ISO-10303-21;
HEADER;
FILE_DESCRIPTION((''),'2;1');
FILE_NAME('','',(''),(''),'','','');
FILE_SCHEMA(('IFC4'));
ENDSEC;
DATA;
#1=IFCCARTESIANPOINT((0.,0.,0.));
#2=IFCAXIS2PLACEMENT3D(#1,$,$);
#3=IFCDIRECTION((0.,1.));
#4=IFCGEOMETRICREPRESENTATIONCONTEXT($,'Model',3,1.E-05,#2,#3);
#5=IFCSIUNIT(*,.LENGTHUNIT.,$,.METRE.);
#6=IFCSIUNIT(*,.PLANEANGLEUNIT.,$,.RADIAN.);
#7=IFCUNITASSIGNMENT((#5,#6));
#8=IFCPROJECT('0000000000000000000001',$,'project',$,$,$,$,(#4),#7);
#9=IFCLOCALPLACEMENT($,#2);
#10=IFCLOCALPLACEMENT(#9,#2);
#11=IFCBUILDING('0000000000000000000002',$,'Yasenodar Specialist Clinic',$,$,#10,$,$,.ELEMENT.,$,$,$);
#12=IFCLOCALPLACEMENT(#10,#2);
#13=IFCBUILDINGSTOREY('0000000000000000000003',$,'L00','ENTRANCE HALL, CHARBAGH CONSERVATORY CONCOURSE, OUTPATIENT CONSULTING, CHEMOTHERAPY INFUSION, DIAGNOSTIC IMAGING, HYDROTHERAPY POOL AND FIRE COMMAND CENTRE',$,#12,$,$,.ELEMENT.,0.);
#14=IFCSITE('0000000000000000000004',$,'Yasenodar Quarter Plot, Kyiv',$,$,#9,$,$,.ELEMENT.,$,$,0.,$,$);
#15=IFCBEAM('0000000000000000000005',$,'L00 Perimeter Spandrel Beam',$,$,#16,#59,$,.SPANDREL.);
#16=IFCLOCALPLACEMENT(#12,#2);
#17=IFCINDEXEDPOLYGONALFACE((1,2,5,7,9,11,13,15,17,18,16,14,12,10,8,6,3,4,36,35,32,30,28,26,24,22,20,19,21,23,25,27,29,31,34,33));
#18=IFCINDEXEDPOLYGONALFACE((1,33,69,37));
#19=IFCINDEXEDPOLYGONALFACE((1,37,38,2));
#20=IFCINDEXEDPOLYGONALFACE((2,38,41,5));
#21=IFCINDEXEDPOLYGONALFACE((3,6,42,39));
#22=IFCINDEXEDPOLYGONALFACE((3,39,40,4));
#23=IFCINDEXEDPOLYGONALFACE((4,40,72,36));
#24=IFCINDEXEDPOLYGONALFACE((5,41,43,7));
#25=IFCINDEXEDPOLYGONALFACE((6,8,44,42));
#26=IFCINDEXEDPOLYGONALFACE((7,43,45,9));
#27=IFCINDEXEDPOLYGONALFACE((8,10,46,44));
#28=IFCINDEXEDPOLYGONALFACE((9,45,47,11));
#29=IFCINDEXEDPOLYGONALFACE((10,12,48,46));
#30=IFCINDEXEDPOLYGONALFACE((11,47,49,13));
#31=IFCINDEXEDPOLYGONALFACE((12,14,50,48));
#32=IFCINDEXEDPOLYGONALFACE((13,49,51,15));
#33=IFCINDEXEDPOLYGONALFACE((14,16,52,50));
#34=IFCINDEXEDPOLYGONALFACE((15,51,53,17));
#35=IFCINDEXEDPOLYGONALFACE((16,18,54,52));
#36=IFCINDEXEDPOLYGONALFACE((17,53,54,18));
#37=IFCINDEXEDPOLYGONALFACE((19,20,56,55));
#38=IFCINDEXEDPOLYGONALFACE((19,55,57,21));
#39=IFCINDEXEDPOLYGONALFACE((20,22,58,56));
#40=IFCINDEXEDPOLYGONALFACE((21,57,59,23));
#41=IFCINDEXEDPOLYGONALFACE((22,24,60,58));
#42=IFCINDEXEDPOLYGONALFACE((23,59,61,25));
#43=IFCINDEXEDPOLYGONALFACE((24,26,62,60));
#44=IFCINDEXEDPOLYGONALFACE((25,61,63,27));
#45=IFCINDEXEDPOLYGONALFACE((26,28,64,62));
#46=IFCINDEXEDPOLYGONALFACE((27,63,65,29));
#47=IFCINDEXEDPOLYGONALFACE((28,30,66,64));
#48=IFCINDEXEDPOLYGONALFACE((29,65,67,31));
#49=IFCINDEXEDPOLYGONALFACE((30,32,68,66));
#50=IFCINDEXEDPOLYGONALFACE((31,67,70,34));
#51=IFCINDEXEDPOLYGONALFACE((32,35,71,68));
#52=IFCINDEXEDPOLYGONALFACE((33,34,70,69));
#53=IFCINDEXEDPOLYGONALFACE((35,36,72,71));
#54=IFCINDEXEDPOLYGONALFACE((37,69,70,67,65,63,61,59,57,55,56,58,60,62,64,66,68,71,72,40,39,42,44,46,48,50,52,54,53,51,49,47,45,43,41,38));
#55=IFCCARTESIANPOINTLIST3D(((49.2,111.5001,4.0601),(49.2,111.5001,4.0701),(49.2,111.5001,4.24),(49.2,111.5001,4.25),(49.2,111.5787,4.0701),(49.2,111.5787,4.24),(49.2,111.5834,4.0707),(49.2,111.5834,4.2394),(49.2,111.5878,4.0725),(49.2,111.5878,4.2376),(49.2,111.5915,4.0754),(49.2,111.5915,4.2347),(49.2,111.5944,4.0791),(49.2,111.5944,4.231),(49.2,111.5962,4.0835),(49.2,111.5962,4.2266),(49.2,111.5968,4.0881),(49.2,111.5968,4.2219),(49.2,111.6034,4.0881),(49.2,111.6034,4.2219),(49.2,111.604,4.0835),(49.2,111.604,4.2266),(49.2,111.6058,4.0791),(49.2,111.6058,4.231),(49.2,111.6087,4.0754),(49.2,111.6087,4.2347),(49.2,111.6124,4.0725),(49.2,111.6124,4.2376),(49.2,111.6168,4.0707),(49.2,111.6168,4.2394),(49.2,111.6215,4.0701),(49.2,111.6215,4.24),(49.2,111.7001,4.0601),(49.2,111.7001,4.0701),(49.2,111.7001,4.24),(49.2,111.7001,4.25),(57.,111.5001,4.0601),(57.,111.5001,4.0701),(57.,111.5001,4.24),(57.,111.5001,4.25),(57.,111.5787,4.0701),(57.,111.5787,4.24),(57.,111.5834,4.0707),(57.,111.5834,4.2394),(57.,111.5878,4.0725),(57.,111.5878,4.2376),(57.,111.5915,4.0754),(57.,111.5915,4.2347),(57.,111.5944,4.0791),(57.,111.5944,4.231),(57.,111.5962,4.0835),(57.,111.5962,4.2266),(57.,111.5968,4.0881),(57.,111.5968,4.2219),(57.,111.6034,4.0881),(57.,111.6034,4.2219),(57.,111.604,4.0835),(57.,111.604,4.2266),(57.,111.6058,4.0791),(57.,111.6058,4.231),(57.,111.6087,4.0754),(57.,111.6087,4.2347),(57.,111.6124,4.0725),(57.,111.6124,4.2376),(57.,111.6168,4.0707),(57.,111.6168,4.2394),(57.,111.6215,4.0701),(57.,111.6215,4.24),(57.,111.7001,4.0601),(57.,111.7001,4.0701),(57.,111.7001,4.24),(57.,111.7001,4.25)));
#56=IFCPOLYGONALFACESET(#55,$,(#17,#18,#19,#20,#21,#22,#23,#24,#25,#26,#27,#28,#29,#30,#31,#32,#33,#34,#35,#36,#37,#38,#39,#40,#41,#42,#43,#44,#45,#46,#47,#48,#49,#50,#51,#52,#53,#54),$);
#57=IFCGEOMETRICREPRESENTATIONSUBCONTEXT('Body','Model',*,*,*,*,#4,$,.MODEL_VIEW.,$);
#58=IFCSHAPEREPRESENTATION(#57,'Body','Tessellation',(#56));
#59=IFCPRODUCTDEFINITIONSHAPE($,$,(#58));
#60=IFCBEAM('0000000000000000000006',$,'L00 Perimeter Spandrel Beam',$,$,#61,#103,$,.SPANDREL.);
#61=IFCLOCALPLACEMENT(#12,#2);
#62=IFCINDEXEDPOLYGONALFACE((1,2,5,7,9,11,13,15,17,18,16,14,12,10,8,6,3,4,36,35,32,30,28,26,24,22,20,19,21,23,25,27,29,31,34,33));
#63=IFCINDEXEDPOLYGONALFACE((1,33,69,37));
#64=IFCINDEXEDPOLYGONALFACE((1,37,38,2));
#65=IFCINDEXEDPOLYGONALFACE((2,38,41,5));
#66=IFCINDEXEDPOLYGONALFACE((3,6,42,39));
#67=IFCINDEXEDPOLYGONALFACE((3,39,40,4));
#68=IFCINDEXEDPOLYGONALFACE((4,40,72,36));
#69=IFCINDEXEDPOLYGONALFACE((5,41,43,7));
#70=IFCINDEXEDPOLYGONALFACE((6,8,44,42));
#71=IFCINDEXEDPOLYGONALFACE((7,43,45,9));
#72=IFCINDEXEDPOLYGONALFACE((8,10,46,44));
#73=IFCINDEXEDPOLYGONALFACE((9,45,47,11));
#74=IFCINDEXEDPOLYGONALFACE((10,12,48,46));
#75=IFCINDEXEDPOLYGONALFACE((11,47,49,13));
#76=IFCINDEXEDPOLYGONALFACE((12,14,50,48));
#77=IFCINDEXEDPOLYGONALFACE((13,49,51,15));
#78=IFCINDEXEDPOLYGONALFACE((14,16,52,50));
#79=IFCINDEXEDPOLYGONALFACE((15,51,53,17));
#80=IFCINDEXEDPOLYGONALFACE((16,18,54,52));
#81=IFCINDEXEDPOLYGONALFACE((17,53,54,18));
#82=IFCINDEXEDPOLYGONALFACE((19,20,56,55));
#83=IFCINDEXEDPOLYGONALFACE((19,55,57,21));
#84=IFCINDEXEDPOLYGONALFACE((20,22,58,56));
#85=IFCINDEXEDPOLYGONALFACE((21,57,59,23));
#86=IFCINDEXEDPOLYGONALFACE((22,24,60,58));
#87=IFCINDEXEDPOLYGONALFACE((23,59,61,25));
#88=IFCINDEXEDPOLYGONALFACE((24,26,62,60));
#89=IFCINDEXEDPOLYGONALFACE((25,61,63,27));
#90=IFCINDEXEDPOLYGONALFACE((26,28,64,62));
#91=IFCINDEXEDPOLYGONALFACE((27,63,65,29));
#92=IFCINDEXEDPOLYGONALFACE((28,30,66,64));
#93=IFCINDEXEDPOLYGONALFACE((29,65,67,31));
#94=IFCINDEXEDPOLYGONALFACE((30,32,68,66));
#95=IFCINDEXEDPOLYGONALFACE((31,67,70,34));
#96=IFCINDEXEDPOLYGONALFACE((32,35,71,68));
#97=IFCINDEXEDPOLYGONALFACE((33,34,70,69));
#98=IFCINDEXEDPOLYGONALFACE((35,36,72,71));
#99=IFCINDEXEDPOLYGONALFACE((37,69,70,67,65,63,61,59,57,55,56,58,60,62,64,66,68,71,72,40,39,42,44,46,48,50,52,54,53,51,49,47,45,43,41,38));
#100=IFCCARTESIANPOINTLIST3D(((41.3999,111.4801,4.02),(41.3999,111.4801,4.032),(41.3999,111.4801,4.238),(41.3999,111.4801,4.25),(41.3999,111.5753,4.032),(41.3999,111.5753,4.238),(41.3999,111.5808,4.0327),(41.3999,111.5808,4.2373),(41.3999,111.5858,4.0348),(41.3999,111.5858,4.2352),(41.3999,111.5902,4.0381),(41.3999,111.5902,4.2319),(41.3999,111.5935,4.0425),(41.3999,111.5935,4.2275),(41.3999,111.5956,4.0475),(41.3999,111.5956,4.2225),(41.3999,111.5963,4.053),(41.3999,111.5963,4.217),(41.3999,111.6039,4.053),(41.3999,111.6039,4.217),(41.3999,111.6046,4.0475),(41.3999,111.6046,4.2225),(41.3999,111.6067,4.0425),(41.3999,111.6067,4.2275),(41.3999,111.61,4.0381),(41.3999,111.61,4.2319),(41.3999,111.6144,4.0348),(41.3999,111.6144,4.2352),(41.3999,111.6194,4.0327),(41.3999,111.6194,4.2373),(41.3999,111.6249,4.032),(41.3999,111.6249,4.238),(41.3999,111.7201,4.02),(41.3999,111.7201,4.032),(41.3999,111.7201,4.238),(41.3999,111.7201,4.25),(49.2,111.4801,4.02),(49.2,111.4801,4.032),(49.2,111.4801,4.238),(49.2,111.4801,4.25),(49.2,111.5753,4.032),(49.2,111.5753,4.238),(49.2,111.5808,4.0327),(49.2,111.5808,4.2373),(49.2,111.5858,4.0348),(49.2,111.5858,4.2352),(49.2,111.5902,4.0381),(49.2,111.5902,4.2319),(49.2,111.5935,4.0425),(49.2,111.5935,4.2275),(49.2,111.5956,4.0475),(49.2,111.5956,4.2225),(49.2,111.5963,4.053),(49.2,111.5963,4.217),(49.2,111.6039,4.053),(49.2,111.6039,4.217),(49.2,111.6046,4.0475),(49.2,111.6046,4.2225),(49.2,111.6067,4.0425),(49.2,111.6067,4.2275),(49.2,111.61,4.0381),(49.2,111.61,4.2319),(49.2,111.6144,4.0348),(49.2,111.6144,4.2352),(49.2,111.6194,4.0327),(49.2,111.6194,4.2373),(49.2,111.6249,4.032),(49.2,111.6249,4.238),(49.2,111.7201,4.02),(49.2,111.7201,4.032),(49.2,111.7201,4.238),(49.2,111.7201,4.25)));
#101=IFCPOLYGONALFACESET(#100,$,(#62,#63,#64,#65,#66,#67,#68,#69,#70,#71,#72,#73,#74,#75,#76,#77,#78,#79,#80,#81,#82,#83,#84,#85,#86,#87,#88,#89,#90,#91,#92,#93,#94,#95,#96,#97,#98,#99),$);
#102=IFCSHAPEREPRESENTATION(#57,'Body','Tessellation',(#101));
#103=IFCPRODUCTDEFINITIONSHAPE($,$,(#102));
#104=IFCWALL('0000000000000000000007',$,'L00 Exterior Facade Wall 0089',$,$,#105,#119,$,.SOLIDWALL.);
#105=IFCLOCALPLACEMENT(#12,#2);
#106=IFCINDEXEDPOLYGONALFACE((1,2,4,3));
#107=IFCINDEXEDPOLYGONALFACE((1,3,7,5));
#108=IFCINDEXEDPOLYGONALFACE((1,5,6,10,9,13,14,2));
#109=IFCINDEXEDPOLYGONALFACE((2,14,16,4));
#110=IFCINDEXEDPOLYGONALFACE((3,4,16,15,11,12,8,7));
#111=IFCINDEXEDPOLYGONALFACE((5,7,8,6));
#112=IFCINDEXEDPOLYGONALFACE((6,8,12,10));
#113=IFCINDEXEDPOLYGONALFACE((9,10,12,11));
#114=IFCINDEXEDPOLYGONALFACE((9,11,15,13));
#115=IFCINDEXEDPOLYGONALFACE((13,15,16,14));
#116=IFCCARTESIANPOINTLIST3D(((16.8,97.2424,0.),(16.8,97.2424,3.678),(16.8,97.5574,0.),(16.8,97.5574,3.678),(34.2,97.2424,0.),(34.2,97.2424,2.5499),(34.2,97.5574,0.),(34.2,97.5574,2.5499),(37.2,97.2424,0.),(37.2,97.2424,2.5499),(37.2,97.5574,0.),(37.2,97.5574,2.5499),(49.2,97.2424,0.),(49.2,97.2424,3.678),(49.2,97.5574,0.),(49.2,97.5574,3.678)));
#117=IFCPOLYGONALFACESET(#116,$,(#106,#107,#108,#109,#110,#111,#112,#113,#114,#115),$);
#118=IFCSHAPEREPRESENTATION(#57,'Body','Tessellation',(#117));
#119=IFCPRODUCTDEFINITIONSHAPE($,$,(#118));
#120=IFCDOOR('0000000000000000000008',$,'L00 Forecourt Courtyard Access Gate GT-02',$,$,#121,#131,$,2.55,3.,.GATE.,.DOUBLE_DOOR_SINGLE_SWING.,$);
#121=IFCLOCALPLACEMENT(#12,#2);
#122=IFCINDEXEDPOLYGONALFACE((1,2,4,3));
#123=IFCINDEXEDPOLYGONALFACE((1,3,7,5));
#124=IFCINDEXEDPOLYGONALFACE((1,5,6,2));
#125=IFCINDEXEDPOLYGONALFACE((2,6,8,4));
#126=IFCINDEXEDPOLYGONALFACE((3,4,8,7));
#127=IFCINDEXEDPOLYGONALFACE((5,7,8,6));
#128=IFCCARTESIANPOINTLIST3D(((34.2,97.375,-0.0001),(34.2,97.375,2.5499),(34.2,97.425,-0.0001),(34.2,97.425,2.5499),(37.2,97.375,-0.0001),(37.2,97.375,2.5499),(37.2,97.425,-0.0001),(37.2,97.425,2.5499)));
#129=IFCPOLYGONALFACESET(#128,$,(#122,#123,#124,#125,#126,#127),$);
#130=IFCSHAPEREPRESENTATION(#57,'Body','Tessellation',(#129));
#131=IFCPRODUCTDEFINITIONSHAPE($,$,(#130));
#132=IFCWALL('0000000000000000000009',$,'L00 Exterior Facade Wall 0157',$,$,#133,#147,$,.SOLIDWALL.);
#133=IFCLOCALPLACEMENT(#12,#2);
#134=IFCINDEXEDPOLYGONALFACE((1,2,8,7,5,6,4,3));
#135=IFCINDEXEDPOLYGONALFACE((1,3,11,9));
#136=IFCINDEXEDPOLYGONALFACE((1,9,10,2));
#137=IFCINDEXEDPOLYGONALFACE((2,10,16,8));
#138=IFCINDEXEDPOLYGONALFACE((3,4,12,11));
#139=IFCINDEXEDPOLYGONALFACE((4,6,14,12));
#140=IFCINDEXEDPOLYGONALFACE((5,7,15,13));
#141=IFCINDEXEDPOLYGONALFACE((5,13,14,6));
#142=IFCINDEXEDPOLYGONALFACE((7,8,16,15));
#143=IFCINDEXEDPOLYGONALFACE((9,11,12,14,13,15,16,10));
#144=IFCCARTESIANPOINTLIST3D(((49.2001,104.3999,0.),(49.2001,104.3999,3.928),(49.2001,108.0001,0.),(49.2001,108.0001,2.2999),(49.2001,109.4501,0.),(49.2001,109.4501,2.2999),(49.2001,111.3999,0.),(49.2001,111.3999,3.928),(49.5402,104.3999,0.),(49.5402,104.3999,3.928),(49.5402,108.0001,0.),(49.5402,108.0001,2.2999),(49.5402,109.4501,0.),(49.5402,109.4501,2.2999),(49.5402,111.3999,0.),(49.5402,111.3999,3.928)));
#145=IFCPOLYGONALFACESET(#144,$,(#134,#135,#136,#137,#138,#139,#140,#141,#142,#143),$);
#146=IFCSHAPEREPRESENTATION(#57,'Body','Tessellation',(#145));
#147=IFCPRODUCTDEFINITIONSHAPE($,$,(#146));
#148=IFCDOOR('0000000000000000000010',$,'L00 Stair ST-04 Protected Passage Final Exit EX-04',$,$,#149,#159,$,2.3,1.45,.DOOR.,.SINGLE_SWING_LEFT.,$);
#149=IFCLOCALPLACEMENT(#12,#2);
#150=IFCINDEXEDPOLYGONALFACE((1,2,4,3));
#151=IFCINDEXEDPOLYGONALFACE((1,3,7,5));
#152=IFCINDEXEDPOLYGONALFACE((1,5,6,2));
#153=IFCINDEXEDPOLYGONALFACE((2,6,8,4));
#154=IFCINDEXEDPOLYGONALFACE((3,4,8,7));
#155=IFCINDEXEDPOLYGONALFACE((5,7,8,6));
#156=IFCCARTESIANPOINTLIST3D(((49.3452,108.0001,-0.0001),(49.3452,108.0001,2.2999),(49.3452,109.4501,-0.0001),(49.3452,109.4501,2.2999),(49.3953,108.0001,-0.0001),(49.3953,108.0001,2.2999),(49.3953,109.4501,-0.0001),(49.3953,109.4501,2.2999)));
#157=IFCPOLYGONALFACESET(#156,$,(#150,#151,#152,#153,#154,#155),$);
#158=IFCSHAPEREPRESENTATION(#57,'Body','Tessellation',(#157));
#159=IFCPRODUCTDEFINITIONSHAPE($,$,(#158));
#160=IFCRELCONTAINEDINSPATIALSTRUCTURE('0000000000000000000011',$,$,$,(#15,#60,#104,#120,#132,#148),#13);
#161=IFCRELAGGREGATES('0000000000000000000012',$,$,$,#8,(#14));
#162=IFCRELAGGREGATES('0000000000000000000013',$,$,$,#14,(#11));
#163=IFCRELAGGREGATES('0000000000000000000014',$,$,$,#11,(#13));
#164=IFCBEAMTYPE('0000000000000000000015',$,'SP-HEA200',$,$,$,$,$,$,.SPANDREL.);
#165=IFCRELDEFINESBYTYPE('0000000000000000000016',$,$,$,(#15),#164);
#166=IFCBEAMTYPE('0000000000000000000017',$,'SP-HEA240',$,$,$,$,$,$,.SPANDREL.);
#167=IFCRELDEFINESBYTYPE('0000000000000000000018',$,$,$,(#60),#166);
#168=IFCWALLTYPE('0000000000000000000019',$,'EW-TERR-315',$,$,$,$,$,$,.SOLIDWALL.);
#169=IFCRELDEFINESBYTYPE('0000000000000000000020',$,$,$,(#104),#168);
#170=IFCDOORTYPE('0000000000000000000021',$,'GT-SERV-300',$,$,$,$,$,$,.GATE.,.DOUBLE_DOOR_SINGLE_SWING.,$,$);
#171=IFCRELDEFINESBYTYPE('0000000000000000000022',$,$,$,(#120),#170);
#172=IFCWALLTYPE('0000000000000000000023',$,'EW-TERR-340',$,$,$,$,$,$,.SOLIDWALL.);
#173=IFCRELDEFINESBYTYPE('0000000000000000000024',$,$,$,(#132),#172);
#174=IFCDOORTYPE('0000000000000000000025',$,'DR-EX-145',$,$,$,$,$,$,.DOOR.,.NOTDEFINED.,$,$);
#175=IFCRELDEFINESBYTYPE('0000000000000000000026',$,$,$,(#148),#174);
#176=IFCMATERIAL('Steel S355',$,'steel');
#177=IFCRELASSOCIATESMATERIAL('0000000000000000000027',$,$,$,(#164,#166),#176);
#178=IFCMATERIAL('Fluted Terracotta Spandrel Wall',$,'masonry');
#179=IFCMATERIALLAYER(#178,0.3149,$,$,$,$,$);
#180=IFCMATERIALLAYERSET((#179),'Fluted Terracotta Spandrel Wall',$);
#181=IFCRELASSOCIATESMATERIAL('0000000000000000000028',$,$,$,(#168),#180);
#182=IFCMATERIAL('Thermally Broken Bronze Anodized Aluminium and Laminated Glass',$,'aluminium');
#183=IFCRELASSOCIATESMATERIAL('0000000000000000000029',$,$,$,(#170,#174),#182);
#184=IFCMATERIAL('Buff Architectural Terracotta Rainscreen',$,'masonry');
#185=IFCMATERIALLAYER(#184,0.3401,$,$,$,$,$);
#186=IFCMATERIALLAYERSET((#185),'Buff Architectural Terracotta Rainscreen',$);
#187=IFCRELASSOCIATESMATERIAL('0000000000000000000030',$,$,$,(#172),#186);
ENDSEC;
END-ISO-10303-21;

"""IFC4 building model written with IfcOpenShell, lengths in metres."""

from ifc_helpers import new_model, si_unit, direction, frame, frame_2d, origin, origin_2d, place, context, subcontext, project, spatial, rectangle, i_section, extrude, material, layer, layer_set, material_profile, profile_set, type_object, element, fill, save


model = new_model("IFC4")

# Units and contexts
model_context = context("Model", 3, precision=1e-05, world=origin(), true_north=direction((0.0, 1.0)))
body_context = subcontext(model_context, "Body", "Model", "MODEL_VIEW")
ifc_project = project(units=[si_unit("LENGTHUNIT", "METRE"), si_unit("PLANEANGLEUNIT", "RADIAN")], contexts=[model_context])

# Site, building, storey
site_placement = place(None, origin())
site = spatial("IfcSite", under=ifc_project, at=site_placement, Name="Yasenodar Quarter Plot, Kyiv", CompositionType="ELEMENT", RefElevation=0.0)
building_placement = place(site_placement, origin())
building = spatial("IfcBuilding", under=site, at=building_placement, Name="Yasenodar Specialist Clinic", CompositionType="ELEMENT")
storey_placement = place(building_placement, origin())
storey = spatial("IfcBuildingStorey", under=building, at=storey_placement, Name="L00", Description="ENTRANCE HALL, CHARBAGH CONSERVATORY CONCOURSE, OUTPATIENT CONSULTING, CHEMOTHERAPY INFUSION, DIAGNOSTIC IMAGING, HYDROTHERAPY POOL AND FIRE COMMAND CENTRE", CompositionType="ELEMENT", Elevation=0.0)

# Shared definitions
ifc_material_1 = material(Name="Steel S355", Category="steel")

# Beams
ifc_material_profile_1 = material_profile(ifc_material_1, i_section(OverallWidth=0.2, OverallDepth=0.1899, WebThickness=0.0066, FlangeThickness=0.01, FilletRadius=0.0181, at=origin_2d()), Name="HEA 200")
ifc_profile_set_1 = profile_set([ifc_material_profile_1], Name="Steel S355")
beam_type_1 = type_object("IfcBeamType", Name="SP-HEA200", PredefinedType="SPANDREL", material=ifc_profile_set_1)
beam_1_placement = place(storey_placement, frame((49.2, 111.6001, 4.155), z_axis=(1.0, 0.0, 0.0), x_axis=(0.0, 1.0, 0.0)))
element("IfcBeam", 1, at=beam_1_placement, inside=storey, type_object=beam_type_1, Name="L00 Perimeter Spandrel Beam", PredefinedType="SPANDREL", context=body_context, shape_type="SweptSolid", body=[
    extrude(i_section(OverallWidth=0.2, OverallDepth=0.1899, WebThickness=0.0066, FlangeThickness=0.01, FilletRadius=0.0181, at=origin_2d()), origin(), (0.0, 0.0, 1.0), 7.8),
])
ifc_material_profile_2 = material_profile(ifc_material_1, i_section(OverallWidth=0.24, OverallDepth=0.23, WebThickness=0.0076, FlangeThickness=0.012, FilletRadius=0.021, at=origin_2d()), Name="HEA 240")
ifc_profile_set_2 = profile_set([ifc_material_profile_2], Name="Steel S355")
beam_type_2 = type_object("IfcBeamType", Name="SP-HEA240", PredefinedType="SPANDREL", material=ifc_profile_set_2)
beam_2_placement = place(storey_placement, frame((41.3999, 111.6001, 4.135), z_axis=(1.0, 0.0, 0.0), x_axis=(0.0, 1.0, 0.0)))
element("IfcBeam", 2, at=beam_2_placement, inside=storey, type_object=beam_type_2, Name="L00 Perimeter Spandrel Beam", PredefinedType="SPANDREL", context=body_context, shape_type="SweptSolid", body=[
    extrude(i_section(OverallWidth=0.24, OverallDepth=0.23, WebThickness=0.0076, FlangeThickness=0.012, FilletRadius=0.021, at=origin_2d()), origin(), (0.0, 0.0, 1.0), 7.8),
])

# Walls, openings, doors
ifc_material_2 = material(Name="Fluted Terracotta Spandrel Wall", Category="masonry")
ifc_layer_1 = layer(ifc_material_2, 0.3149)
ifc_layer_set_1 = layer_set([ifc_layer_1], Name="Fluted Terracotta Spandrel Wall")
wall_type_1 = type_object("IfcWallType", Name="EW-TERR-315", PredefinedType="SOLIDWALL", material=ifc_layer_set_1)
wall_1_placement = place(storey_placement, frame((49.2, 97.3999, 0.0), z_axis=(0.0, 0.0, 1.0), x_axis=(-1.0, 0.0, 0.0)))
wall_1 = element("IfcWall", 3, at=wall_1_placement, inside=storey, type_object=wall_type_1, Name="L00 Exterior Facade Wall 0089", PredefinedType="SOLIDWALL", context=body_context, shape_type="SweptSolid", body=[
    extrude(rectangle(XDim=32.3999, YDim=0.3149, at=frame_2d((16.2, 0.0))), origin(), (0.0, 0.0, 1.0), 3.678),
])
opening_1_placement = place(wall_1_placement, frame((12.0, 0.0, 0.0)))
opening_1 = element("IfcOpeningElement", 4, at=opening_1_placement, cuts=wall_1, PredefinedType="OPENING", context=body_context, shape_type="SweptSolid", body=[
    extrude(rectangle(XDim=3.0, YDim=2.55, at=frame_2d((1.5, 1.2749))), frame((0.0, 0.1675, 0.0), z_axis=(0.0, -1.0, 0.0), x_axis=(1.0, 0.0, 0.0)), (0.0, 0.0, 1.0), 0.335),
])
ifc_material_3 = material(Name="Thermally Broken Bronze Anodized Aluminium and Laminated Glass", Category="aluminium")
door_type_1 = type_object("IfcDoorType", Name="GT-SERV-300", OperationType="DOUBLE_DOOR_SINGLE_SWING", PredefinedType="GATE", material=ifc_material_3)
door_1_placement = place(opening_1_placement, origin())
door_1 = element("IfcDoor", 5, at=door_1_placement, inside=storey, type_object=door_type_1, Name="L00 Forecourt Courtyard Access Gate GT-02", OperationType="DOUBLE_DOOR_SINGLE_SWING", OverallHeight=2.55, OverallWidth=3.0, PredefinedType="GATE", context=body_context, shape_type="SweptSolid", body=[
    extrude(rectangle(XDim=3.0, YDim=2.55, at=frame_2d((1.5, 1.2749))), frame((0.0, 0.0249, 0.0), z_axis=(0.0, -1.0, 0.0), x_axis=(1.0, 0.0, 0.0)), (0.0, 0.0, 1.0), 0.05),
])
fill(opening_1, door_1)
ifc_material_4 = material(Name="Buff Architectural Terracotta Rainscreen", Category="masonry")
ifc_layer_2 = layer(ifc_material_4, 0.3401)
ifc_layer_set_2 = layer_set([ifc_layer_2], Name="Buff Architectural Terracotta Rainscreen")
wall_type_2 = type_object("IfcWallType", Name="EW-TERR-340", PredefinedType="SOLIDWALL", material=ifc_layer_set_2)
wall_2_placement = place(storey_placement, frame((49.3701, 104.3999, 0.0), z_axis=(0.0, 0.0, 1.0), x_axis=(0.0, 1.0, 0.0)))
wall_2 = element("IfcWall", 6, at=wall_2_placement, inside=storey, type_object=wall_type_2, Name="L00 Exterior Facade Wall 0157", PredefinedType="SOLIDWALL", context=body_context, shape_type="SweptSolid", body=[
    extrude(rectangle(XDim=7.0, YDim=0.3401, at=frame_2d((3.5, 0.0))), origin(), (0.0, 0.0, 1.0), 3.928),
])
opening_2_placement = place(wall_2_placement, frame((3.6001, 0.0, 0.0)))
opening_2 = element("IfcOpeningElement", 7, at=opening_2_placement, cuts=wall_2, PredefinedType="OPENING", context=body_context, shape_type="SweptSolid", body=[
    extrude(rectangle(XDim=1.45, YDim=2.3, at=frame_2d((0.7251, 1.1499))), frame((0.0, 0.1802, 0.0), z_axis=(0.0, -1.0, 0.0), x_axis=(1.0, 0.0, 0.0)), (0.0, 0.0, 1.0), 0.3601),
])
door_type_2 = type_object("IfcDoorType", Name="DR-EX-145", OperationType="NOTDEFINED", PredefinedType="DOOR", material=ifc_material_3)
door_2_placement = place(opening_2_placement, origin())
door_2 = element("IfcDoor", 8, at=door_2_placement, inside=storey, type_object=door_type_2, Name="L00 Stair ST-04 Protected Passage Final Exit EX-04", OperationType="SINGLE_SWING_LEFT", OverallHeight=2.3, OverallWidth=1.45, PredefinedType="DOOR", context=body_context, shape_type="SweptSolid", body=[
    extrude(rectangle(XDim=1.45, YDim=2.3, at=frame_2d((0.7251, 1.1499))), frame((0.0, 0.0249, 0.0), z_axis=(0.0, -1.0, 0.0), x_axis=(1.0, 0.0, 0.0)), (0.0, 0.0, 1.0), 0.05),
])
fill(opening_2, door_2)

save(model, "model.ifc")
